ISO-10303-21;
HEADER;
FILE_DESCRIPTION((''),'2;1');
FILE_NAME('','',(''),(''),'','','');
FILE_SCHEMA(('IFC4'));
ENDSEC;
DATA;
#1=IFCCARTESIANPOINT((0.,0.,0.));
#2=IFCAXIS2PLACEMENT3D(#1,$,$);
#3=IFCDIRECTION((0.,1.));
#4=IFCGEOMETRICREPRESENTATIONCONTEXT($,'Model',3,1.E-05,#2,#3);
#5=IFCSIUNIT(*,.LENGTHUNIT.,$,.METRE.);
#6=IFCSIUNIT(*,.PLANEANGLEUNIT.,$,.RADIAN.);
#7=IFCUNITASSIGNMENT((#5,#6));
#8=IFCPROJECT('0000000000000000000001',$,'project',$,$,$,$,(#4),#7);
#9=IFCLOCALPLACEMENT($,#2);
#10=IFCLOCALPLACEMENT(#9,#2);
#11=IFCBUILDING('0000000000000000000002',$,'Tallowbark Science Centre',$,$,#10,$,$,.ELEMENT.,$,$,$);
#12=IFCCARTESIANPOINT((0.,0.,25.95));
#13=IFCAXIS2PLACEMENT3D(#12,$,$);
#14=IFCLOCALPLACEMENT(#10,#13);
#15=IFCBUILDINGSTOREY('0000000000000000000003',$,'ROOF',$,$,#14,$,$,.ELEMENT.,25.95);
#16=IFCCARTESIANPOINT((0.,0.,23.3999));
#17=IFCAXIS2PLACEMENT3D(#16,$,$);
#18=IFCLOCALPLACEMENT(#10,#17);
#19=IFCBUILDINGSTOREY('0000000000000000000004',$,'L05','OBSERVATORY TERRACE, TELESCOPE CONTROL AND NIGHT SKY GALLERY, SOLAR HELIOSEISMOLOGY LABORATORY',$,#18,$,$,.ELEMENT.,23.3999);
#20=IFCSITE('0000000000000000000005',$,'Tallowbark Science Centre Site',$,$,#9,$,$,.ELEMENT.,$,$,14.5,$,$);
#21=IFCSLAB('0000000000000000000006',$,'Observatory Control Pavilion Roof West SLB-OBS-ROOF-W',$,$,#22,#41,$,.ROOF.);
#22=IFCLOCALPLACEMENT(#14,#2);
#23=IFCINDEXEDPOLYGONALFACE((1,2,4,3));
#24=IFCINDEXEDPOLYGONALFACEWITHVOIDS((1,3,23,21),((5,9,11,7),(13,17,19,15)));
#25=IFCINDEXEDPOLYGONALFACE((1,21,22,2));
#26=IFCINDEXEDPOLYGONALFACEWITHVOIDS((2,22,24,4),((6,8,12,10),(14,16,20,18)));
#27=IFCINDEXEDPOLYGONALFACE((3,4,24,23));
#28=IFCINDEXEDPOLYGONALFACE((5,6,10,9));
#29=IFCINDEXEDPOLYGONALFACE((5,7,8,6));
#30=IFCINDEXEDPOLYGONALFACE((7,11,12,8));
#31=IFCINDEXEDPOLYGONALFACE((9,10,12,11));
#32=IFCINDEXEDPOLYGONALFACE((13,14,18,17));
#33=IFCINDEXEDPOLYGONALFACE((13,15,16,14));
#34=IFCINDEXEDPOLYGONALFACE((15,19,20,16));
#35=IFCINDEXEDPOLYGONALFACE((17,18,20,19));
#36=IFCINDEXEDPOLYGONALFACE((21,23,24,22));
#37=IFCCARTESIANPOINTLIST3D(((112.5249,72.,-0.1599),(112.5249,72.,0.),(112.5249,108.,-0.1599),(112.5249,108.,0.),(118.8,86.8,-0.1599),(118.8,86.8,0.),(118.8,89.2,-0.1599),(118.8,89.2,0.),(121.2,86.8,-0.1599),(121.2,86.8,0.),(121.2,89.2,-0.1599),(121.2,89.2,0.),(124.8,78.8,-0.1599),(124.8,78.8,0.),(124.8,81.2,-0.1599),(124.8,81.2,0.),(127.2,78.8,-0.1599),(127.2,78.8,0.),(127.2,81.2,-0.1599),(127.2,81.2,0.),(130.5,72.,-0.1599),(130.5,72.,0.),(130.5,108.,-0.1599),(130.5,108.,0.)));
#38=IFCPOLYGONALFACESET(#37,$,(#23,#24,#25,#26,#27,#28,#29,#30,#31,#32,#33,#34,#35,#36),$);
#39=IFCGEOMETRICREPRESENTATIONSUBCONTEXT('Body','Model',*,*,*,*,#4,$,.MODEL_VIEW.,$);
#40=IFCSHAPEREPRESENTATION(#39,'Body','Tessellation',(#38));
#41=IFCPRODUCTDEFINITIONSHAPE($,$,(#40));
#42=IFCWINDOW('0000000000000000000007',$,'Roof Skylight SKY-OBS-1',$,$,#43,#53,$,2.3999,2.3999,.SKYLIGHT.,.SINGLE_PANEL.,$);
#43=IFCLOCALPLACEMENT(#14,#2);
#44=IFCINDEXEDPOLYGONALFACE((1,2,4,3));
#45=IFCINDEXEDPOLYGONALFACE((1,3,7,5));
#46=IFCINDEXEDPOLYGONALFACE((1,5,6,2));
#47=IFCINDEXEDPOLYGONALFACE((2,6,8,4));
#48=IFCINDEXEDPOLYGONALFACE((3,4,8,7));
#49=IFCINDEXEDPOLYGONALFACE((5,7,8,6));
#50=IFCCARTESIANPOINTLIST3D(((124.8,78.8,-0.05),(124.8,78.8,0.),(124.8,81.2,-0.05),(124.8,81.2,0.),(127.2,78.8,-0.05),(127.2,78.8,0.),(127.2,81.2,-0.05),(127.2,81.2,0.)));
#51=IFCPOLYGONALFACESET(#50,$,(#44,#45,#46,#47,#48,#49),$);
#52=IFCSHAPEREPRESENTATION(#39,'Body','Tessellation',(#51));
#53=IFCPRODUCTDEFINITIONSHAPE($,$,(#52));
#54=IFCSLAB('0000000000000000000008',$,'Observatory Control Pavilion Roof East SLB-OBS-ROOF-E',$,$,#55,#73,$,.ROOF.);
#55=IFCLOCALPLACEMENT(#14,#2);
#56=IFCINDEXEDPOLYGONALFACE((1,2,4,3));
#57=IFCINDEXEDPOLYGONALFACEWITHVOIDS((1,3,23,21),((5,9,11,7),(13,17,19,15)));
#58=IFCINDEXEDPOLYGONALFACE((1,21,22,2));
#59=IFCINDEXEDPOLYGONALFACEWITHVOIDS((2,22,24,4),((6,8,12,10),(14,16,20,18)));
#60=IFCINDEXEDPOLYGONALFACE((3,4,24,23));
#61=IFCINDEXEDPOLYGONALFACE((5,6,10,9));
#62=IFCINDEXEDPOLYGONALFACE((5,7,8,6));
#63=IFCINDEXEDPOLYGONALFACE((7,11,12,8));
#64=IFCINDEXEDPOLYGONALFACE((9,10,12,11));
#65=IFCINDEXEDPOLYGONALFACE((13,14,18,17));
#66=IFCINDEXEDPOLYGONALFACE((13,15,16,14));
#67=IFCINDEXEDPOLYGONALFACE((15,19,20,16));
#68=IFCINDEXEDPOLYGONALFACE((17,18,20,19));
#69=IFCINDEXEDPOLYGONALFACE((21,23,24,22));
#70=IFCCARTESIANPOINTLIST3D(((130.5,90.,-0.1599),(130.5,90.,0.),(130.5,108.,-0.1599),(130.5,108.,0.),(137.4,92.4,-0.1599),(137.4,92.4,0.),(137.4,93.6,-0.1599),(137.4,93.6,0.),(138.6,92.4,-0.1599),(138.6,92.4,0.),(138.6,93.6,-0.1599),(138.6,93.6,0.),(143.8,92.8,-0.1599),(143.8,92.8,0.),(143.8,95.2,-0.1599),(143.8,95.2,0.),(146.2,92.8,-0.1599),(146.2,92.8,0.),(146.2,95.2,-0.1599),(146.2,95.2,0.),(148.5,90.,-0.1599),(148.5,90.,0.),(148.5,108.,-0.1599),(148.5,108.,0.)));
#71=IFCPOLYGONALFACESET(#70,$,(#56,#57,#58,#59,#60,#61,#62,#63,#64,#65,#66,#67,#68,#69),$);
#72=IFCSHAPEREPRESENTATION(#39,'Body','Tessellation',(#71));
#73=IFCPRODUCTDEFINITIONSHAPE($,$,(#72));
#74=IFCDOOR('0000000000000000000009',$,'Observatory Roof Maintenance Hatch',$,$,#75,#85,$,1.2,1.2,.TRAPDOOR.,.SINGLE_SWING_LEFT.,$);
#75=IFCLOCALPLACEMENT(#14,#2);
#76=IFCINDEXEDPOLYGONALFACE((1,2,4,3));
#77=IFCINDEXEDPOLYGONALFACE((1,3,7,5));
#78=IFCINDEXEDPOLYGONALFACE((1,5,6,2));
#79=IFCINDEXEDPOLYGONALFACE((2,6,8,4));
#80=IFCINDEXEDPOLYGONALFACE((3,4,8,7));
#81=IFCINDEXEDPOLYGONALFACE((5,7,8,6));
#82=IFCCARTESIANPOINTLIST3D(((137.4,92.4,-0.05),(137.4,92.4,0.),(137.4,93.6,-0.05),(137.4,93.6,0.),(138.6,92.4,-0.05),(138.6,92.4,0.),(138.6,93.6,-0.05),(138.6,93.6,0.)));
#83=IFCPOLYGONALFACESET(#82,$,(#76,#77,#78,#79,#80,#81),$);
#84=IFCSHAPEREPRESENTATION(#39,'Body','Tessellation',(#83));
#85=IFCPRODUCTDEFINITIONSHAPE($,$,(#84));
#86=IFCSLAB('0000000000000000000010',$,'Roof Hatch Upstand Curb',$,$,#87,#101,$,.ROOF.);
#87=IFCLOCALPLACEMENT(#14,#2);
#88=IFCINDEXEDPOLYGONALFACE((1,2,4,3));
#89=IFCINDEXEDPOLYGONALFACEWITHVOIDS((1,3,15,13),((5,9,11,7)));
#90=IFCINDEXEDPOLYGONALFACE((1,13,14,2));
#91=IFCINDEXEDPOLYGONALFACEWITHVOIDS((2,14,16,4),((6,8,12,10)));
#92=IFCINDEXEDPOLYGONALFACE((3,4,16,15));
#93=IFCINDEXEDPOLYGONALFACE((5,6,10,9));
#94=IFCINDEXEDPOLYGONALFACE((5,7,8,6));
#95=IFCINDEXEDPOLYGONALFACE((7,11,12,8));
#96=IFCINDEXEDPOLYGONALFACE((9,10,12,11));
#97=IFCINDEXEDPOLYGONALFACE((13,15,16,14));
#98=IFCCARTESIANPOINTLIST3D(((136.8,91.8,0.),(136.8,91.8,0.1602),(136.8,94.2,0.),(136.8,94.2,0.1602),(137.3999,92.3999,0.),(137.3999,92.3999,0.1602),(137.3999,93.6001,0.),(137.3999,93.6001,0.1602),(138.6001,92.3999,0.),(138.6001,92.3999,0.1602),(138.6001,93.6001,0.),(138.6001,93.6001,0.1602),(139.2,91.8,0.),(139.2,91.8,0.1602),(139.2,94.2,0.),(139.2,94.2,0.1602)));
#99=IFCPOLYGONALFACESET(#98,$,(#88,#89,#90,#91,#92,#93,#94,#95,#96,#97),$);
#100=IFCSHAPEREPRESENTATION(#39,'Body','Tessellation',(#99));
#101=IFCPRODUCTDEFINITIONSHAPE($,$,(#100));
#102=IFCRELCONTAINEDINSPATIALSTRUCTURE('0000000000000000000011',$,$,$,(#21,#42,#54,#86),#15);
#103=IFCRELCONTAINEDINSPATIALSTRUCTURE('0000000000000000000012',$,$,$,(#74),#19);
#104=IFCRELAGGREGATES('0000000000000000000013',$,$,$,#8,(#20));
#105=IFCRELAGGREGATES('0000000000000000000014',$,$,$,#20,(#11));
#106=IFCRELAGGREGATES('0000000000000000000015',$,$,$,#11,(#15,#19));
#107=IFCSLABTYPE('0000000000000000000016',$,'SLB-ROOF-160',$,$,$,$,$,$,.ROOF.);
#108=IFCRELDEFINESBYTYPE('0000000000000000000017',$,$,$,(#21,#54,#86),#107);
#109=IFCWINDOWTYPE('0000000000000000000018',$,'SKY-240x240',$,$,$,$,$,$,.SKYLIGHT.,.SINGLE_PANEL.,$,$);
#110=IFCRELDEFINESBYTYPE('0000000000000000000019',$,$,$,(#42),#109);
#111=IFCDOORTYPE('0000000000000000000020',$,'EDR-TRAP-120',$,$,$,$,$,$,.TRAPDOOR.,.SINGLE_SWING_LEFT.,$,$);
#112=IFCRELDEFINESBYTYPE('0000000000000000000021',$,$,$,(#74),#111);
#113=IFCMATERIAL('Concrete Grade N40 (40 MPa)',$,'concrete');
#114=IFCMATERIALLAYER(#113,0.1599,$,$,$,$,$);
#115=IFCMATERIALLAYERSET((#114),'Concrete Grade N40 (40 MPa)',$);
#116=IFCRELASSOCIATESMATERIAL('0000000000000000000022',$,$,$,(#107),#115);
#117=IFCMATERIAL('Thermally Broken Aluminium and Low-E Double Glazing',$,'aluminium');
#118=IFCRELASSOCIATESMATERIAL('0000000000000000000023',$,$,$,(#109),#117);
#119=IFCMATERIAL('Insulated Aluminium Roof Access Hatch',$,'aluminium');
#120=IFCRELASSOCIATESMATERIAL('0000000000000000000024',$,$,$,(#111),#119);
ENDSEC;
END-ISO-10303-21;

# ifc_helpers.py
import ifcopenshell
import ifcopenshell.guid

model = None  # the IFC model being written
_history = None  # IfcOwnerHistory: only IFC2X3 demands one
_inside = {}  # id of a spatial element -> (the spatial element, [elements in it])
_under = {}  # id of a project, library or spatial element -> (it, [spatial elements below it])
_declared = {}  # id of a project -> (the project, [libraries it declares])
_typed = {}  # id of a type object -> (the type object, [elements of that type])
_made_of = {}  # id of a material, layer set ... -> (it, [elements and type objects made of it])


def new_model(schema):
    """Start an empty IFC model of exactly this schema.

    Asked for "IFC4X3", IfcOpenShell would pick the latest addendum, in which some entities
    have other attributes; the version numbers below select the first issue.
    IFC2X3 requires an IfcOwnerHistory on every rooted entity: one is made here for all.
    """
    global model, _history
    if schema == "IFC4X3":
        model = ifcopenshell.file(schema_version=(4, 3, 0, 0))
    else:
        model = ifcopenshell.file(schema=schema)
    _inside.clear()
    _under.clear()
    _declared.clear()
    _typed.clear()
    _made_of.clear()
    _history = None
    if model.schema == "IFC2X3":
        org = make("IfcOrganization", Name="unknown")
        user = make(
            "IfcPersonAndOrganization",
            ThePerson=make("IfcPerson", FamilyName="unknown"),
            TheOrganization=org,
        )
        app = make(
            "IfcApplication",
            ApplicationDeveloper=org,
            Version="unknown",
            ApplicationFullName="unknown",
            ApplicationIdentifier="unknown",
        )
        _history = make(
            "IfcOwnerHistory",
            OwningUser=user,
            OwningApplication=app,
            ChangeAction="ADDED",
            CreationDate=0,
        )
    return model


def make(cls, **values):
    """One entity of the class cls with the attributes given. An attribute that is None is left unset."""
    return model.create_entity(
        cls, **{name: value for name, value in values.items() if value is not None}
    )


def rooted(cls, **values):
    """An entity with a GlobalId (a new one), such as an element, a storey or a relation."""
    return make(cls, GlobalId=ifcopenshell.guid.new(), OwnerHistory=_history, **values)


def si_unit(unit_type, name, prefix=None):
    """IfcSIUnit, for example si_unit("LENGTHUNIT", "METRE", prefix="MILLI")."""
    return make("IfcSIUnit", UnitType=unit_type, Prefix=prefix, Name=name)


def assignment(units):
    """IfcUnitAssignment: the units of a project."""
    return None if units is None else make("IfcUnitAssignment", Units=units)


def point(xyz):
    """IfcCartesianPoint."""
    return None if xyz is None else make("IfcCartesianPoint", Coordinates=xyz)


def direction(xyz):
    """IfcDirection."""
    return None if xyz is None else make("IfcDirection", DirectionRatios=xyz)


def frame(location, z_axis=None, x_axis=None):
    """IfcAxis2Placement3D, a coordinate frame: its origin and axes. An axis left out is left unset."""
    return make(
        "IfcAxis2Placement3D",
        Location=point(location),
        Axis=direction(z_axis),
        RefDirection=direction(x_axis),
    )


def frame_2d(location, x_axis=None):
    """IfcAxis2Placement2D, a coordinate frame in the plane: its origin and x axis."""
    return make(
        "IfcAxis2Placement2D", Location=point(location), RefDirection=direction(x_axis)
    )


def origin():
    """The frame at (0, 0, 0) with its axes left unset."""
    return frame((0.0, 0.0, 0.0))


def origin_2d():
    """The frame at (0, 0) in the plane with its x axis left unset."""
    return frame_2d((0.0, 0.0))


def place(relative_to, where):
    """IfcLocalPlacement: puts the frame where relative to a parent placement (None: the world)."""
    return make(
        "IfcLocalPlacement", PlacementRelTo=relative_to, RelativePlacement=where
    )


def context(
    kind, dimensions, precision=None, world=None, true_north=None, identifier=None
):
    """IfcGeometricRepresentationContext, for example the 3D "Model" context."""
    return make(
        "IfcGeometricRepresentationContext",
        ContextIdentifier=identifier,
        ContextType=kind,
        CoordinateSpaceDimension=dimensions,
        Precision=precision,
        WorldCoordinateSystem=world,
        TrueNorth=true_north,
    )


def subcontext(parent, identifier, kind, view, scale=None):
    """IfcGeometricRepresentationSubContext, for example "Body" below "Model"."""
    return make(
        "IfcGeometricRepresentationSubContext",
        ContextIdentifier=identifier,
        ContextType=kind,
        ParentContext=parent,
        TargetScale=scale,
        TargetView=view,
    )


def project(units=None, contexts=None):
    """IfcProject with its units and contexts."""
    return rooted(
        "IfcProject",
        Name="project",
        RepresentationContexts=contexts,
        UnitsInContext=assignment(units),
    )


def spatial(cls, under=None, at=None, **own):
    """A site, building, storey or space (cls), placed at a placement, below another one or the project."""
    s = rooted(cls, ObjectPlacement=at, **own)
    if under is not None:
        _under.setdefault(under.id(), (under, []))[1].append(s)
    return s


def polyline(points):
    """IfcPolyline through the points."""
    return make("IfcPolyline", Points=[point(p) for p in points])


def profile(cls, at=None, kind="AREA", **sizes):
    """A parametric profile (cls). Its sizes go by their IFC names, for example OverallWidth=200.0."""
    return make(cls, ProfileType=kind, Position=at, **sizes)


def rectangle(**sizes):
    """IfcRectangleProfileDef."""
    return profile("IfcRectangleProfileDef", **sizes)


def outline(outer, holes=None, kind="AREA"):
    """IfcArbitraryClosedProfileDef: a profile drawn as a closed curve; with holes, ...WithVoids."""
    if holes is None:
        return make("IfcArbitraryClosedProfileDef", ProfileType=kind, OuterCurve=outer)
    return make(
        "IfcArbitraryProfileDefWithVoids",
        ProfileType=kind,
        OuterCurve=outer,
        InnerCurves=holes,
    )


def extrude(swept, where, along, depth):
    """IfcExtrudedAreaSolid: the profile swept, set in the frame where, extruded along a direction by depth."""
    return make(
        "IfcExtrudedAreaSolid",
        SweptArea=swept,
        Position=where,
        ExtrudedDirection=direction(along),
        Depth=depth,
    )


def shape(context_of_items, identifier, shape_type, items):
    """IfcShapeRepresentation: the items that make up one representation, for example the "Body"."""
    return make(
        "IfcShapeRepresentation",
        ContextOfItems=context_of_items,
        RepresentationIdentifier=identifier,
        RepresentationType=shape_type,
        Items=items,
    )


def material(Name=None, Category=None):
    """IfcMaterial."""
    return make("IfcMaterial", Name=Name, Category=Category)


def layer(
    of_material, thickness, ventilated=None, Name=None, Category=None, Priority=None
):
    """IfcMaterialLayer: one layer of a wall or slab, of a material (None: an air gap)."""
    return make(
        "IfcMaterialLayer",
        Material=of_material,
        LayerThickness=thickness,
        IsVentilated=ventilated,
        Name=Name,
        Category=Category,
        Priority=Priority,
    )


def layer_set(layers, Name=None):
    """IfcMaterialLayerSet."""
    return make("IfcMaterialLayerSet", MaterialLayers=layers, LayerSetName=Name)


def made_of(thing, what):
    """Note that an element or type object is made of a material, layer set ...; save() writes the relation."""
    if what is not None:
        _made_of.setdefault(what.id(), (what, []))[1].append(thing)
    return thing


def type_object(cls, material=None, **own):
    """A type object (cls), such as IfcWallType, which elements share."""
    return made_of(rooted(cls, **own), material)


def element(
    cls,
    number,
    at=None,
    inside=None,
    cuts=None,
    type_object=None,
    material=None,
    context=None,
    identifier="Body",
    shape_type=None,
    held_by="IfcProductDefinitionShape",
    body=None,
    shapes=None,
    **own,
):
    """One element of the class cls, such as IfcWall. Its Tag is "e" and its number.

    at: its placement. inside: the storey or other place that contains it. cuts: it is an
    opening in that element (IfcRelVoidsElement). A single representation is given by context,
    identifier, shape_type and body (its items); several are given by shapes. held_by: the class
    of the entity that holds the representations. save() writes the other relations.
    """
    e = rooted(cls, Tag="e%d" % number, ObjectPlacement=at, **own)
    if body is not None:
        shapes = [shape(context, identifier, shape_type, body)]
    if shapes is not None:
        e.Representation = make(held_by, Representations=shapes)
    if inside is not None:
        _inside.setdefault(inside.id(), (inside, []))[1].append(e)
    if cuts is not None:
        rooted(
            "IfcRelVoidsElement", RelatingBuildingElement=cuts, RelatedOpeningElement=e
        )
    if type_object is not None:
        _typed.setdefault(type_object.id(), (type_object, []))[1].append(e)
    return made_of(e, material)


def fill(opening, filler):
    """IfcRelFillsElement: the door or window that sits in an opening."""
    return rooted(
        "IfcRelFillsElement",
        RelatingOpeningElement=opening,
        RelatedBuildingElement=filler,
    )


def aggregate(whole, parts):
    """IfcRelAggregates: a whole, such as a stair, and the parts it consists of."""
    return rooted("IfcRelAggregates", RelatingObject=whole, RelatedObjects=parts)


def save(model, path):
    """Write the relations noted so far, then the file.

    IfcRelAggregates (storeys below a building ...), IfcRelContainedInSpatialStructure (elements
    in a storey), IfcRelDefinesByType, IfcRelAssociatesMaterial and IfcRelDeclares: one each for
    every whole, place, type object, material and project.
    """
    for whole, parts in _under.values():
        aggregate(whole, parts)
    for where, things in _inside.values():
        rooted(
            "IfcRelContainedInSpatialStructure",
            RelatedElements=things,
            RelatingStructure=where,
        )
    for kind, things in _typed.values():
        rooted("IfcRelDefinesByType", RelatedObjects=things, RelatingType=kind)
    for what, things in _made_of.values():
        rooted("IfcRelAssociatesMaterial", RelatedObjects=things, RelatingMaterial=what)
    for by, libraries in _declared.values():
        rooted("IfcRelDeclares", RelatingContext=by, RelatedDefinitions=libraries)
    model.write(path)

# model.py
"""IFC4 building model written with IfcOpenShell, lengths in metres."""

from ifc_helpers import new_model, si_unit, direction, frame, origin, origin_2d, place, context, subcontext, project, spatial, polyline, rectangle, outline, extrude, material, layer, layer_set, type_object, element, fill, save


model = new_model("IFC4")

# Units and contexts
model_context = context("Model", 3, precision=1e-05, world=origin(), true_north=direction((0.0, 1.0)))
body_context = subcontext(model_context, "Body", "Model", "MODEL_VIEW")
ifc_project = project(units=[si_unit("LENGTHUNIT", "METRE"), si_unit("PLANEANGLEUNIT", "RADIAN")], contexts=[model_context])

# Site, building, storey
site_placement = place(None, origin())
site = spatial("IfcSite", under=ifc_project, at=site_placement, Name="Tallowbark Science Centre Site", CompositionType="ELEMENT", RefElevation=14.5)
building_placement = place(site_placement, origin())
building = spatial("IfcBuilding", under=site, at=building_placement, Name="Tallowbark Science Centre", CompositionType="ELEMENT")
storey_1_placement = place(building_placement, frame((0.0, 0.0, 25.95)))
storey_1 = spatial("IfcBuildingStorey", under=building, at=storey_1_placement, Name="ROOF", CompositionType="ELEMENT", Elevation=25.95)

# Shared definitions
ifc_material_1 = material(Name="Concrete Grade N40 (40 MPa)", Category="concrete")
ifc_layer = layer(ifc_material_1, 0.1599)
ifc_layer_set = layer_set([ifc_layer], Name="Concrete Grade N40 (40 MPa)")
slab_type = type_object("IfcSlabType", Name="SLB-ROOF-160", PredefinedType="ROOF", material=ifc_layer_set)

# Slab, opening, window
slab_1_placement = place(storey_1_placement, frame((0.0, 0.0, -0.1599)))
slab_1 = element("IfcSlab", 1, at=slab_1_placement, inside=storey_1, type_object=slab_type, Name="Observatory Control Pavilion Roof West SLB-OBS-ROOF-W", PredefinedType="ROOF", context=body_context, shape_type="SweptSolid", body=[
    extrude(outline(polyline([(112.5249, 72.0), (130.5, 72.0), (130.5, 108.0), (112.5249, 108.0), (112.5249, 72.0)]), holes=[polyline([(118.8, 86.8), (121.2, 86.8), (121.2, 89.2), (118.8, 89.2), (118.8, 86.8)])]), origin(), (0.0, 0.0, 1.0), 0.1599),
])
opening_1_placement = place(slab_1_placement, frame((126.0, 80.0, 0.0)))
opening_1 = element("IfcOpeningElement", 2, at=opening_1_placement, cuts=slab_1, PredefinedType="OPENING", context=body_context, shape_type="SweptSolid", body=[
    extrude(rectangle(XDim=2.3999, YDim=2.3999, at=origin_2d()), frame((0.0, 0.0, -0.01)), (0.0, 0.0, 1.0), 0.1799),
])
ifc_material_2 = material(Name="Thermally Broken Aluminium and Low-E Double Glazing", Category="aluminium")
window_type = type_object("IfcWindowType", Name="SKY-240x240", PartitioningType="SINGLE_PANEL", PredefinedType="SKYLIGHT", material=ifc_material_2)
window_placement = place(opening_1_placement, frame((0.0, 0.0, 0.1099)))
window = element("IfcWindow", 3, at=window_placement, inside=storey_1, type_object=window_type, Name="Roof Skylight SKY-OBS-1", OverallHeight=2.3999, OverallWidth=2.3999, PartitioningType="SINGLE_PANEL", PredefinedType="SKYLIGHT", context=body_context, shape_type="SweptSolid", body=[
    extrude(rectangle(XDim=2.3999, YDim=2.3999, at=origin_2d()), origin(), (0.0, 0.0, 1.0), 0.05),
])
fill(opening_1, window)

# Slab, opening
slab_2_placement = place(storey_1_placement, frame((0.0, 0.0, -0.1599)))
slab_2 = element("IfcSlab", 4, at=slab_2_placement, inside=storey_1, type_object=slab_type, Name="Observatory Control Pavilion Roof East SLB-OBS-ROOF-E", PredefinedType="ROOF", context=body_context, shape_type="SweptSolid", body=[
    extrude(outline(polyline([(130.5, 90.0), (148.5, 90.0), (148.5, 108.0), (130.5, 108.0), (130.5, 90.0)]), holes=[polyline([(143.8, 92.8), (146.2, 92.8), (146.2, 95.2), (143.8, 95.2), (143.8, 92.8)])]), origin(), (0.0, 0.0, 1.0), 0.1599),
])
opening_2_placement = place(slab_2_placement, frame((138.0, 93.0, 0.0)))
opening_2 = element("IfcOpeningElement", 5, at=opening_2_placement, cuts=slab_2, PredefinedType="OPENING", context=body_context, shape_type="SweptSolid", body=[
    extrude(rectangle(XDim=1.2, YDim=1.2, at=origin_2d()), frame((0.0, 0.0, -0.01)), (0.0, 0.0, 1.0), 0.1799),
])

# Shared definitions
storey_2_placement = place(building_placement, frame((0.0, 0.0, 23.3999)))
storey_2 = spatial("IfcBuildingStorey", under=building, at=storey_2_placement, Name="L05", Description="OBSERVATORY TERRACE, TELESCOPE CONTROL AND NIGHT SKY GALLERY, SOLAR HELIOSEISMOLOGY LABORATORY", CompositionType="ELEMENT", Elevation=23.3999)

# Door
ifc_material_3 = material(Name="Insulated Aluminium Roof Access Hatch", Category="aluminium")
door_type = type_object("IfcDoorType", Name="EDR-TRAP-120", OperationType="SINGLE_SWING_LEFT", PredefinedType="TRAPDOOR", material=ifc_material_3)
door_placement = place(opening_2_placement, frame((0.0, 0.0, 0.1099)))
door = element("IfcDoor", 6, at=door_placement, inside=storey_2, type_object=door_type, Name="Observatory Roof Maintenance Hatch", OperationType="SINGLE_SWING_LEFT", OverallHeight=1.2, OverallWidth=1.2, PredefinedType="TRAPDOOR", context=body_context, shape_type="SweptSolid", body=[
    extrude(rectangle(XDim=1.2, YDim=1.2, at=origin_2d()), origin(), (0.0, 0.0, 1.0), 0.05),
])
fill(opening_2, door)

# Slab
slab_3_placement = place(storey_1_placement, origin())
element("IfcSlab", 7, at=slab_3_placement, inside=storey_1, type_object=slab_type, Name="Roof Hatch Upstand Curb", PredefinedType="ROOF", context=body_context, shape_type="SweptSolid", body=[
    extrude(outline(polyline([(136.8, 91.8), (139.2, 91.8), (139.2, 94.2), (136.8, 94.2), (136.8, 91.8)]), holes=[polyline([(137.3999, 92.3999), (138.6001, 92.3999), (138.6001, 93.6001), (137.3999, 93.6001), (137.3999, 92.3999)])]), origin(), (0.0, 0.0, 1.0), 0.1602),
])

save(model, "model.ifc")
